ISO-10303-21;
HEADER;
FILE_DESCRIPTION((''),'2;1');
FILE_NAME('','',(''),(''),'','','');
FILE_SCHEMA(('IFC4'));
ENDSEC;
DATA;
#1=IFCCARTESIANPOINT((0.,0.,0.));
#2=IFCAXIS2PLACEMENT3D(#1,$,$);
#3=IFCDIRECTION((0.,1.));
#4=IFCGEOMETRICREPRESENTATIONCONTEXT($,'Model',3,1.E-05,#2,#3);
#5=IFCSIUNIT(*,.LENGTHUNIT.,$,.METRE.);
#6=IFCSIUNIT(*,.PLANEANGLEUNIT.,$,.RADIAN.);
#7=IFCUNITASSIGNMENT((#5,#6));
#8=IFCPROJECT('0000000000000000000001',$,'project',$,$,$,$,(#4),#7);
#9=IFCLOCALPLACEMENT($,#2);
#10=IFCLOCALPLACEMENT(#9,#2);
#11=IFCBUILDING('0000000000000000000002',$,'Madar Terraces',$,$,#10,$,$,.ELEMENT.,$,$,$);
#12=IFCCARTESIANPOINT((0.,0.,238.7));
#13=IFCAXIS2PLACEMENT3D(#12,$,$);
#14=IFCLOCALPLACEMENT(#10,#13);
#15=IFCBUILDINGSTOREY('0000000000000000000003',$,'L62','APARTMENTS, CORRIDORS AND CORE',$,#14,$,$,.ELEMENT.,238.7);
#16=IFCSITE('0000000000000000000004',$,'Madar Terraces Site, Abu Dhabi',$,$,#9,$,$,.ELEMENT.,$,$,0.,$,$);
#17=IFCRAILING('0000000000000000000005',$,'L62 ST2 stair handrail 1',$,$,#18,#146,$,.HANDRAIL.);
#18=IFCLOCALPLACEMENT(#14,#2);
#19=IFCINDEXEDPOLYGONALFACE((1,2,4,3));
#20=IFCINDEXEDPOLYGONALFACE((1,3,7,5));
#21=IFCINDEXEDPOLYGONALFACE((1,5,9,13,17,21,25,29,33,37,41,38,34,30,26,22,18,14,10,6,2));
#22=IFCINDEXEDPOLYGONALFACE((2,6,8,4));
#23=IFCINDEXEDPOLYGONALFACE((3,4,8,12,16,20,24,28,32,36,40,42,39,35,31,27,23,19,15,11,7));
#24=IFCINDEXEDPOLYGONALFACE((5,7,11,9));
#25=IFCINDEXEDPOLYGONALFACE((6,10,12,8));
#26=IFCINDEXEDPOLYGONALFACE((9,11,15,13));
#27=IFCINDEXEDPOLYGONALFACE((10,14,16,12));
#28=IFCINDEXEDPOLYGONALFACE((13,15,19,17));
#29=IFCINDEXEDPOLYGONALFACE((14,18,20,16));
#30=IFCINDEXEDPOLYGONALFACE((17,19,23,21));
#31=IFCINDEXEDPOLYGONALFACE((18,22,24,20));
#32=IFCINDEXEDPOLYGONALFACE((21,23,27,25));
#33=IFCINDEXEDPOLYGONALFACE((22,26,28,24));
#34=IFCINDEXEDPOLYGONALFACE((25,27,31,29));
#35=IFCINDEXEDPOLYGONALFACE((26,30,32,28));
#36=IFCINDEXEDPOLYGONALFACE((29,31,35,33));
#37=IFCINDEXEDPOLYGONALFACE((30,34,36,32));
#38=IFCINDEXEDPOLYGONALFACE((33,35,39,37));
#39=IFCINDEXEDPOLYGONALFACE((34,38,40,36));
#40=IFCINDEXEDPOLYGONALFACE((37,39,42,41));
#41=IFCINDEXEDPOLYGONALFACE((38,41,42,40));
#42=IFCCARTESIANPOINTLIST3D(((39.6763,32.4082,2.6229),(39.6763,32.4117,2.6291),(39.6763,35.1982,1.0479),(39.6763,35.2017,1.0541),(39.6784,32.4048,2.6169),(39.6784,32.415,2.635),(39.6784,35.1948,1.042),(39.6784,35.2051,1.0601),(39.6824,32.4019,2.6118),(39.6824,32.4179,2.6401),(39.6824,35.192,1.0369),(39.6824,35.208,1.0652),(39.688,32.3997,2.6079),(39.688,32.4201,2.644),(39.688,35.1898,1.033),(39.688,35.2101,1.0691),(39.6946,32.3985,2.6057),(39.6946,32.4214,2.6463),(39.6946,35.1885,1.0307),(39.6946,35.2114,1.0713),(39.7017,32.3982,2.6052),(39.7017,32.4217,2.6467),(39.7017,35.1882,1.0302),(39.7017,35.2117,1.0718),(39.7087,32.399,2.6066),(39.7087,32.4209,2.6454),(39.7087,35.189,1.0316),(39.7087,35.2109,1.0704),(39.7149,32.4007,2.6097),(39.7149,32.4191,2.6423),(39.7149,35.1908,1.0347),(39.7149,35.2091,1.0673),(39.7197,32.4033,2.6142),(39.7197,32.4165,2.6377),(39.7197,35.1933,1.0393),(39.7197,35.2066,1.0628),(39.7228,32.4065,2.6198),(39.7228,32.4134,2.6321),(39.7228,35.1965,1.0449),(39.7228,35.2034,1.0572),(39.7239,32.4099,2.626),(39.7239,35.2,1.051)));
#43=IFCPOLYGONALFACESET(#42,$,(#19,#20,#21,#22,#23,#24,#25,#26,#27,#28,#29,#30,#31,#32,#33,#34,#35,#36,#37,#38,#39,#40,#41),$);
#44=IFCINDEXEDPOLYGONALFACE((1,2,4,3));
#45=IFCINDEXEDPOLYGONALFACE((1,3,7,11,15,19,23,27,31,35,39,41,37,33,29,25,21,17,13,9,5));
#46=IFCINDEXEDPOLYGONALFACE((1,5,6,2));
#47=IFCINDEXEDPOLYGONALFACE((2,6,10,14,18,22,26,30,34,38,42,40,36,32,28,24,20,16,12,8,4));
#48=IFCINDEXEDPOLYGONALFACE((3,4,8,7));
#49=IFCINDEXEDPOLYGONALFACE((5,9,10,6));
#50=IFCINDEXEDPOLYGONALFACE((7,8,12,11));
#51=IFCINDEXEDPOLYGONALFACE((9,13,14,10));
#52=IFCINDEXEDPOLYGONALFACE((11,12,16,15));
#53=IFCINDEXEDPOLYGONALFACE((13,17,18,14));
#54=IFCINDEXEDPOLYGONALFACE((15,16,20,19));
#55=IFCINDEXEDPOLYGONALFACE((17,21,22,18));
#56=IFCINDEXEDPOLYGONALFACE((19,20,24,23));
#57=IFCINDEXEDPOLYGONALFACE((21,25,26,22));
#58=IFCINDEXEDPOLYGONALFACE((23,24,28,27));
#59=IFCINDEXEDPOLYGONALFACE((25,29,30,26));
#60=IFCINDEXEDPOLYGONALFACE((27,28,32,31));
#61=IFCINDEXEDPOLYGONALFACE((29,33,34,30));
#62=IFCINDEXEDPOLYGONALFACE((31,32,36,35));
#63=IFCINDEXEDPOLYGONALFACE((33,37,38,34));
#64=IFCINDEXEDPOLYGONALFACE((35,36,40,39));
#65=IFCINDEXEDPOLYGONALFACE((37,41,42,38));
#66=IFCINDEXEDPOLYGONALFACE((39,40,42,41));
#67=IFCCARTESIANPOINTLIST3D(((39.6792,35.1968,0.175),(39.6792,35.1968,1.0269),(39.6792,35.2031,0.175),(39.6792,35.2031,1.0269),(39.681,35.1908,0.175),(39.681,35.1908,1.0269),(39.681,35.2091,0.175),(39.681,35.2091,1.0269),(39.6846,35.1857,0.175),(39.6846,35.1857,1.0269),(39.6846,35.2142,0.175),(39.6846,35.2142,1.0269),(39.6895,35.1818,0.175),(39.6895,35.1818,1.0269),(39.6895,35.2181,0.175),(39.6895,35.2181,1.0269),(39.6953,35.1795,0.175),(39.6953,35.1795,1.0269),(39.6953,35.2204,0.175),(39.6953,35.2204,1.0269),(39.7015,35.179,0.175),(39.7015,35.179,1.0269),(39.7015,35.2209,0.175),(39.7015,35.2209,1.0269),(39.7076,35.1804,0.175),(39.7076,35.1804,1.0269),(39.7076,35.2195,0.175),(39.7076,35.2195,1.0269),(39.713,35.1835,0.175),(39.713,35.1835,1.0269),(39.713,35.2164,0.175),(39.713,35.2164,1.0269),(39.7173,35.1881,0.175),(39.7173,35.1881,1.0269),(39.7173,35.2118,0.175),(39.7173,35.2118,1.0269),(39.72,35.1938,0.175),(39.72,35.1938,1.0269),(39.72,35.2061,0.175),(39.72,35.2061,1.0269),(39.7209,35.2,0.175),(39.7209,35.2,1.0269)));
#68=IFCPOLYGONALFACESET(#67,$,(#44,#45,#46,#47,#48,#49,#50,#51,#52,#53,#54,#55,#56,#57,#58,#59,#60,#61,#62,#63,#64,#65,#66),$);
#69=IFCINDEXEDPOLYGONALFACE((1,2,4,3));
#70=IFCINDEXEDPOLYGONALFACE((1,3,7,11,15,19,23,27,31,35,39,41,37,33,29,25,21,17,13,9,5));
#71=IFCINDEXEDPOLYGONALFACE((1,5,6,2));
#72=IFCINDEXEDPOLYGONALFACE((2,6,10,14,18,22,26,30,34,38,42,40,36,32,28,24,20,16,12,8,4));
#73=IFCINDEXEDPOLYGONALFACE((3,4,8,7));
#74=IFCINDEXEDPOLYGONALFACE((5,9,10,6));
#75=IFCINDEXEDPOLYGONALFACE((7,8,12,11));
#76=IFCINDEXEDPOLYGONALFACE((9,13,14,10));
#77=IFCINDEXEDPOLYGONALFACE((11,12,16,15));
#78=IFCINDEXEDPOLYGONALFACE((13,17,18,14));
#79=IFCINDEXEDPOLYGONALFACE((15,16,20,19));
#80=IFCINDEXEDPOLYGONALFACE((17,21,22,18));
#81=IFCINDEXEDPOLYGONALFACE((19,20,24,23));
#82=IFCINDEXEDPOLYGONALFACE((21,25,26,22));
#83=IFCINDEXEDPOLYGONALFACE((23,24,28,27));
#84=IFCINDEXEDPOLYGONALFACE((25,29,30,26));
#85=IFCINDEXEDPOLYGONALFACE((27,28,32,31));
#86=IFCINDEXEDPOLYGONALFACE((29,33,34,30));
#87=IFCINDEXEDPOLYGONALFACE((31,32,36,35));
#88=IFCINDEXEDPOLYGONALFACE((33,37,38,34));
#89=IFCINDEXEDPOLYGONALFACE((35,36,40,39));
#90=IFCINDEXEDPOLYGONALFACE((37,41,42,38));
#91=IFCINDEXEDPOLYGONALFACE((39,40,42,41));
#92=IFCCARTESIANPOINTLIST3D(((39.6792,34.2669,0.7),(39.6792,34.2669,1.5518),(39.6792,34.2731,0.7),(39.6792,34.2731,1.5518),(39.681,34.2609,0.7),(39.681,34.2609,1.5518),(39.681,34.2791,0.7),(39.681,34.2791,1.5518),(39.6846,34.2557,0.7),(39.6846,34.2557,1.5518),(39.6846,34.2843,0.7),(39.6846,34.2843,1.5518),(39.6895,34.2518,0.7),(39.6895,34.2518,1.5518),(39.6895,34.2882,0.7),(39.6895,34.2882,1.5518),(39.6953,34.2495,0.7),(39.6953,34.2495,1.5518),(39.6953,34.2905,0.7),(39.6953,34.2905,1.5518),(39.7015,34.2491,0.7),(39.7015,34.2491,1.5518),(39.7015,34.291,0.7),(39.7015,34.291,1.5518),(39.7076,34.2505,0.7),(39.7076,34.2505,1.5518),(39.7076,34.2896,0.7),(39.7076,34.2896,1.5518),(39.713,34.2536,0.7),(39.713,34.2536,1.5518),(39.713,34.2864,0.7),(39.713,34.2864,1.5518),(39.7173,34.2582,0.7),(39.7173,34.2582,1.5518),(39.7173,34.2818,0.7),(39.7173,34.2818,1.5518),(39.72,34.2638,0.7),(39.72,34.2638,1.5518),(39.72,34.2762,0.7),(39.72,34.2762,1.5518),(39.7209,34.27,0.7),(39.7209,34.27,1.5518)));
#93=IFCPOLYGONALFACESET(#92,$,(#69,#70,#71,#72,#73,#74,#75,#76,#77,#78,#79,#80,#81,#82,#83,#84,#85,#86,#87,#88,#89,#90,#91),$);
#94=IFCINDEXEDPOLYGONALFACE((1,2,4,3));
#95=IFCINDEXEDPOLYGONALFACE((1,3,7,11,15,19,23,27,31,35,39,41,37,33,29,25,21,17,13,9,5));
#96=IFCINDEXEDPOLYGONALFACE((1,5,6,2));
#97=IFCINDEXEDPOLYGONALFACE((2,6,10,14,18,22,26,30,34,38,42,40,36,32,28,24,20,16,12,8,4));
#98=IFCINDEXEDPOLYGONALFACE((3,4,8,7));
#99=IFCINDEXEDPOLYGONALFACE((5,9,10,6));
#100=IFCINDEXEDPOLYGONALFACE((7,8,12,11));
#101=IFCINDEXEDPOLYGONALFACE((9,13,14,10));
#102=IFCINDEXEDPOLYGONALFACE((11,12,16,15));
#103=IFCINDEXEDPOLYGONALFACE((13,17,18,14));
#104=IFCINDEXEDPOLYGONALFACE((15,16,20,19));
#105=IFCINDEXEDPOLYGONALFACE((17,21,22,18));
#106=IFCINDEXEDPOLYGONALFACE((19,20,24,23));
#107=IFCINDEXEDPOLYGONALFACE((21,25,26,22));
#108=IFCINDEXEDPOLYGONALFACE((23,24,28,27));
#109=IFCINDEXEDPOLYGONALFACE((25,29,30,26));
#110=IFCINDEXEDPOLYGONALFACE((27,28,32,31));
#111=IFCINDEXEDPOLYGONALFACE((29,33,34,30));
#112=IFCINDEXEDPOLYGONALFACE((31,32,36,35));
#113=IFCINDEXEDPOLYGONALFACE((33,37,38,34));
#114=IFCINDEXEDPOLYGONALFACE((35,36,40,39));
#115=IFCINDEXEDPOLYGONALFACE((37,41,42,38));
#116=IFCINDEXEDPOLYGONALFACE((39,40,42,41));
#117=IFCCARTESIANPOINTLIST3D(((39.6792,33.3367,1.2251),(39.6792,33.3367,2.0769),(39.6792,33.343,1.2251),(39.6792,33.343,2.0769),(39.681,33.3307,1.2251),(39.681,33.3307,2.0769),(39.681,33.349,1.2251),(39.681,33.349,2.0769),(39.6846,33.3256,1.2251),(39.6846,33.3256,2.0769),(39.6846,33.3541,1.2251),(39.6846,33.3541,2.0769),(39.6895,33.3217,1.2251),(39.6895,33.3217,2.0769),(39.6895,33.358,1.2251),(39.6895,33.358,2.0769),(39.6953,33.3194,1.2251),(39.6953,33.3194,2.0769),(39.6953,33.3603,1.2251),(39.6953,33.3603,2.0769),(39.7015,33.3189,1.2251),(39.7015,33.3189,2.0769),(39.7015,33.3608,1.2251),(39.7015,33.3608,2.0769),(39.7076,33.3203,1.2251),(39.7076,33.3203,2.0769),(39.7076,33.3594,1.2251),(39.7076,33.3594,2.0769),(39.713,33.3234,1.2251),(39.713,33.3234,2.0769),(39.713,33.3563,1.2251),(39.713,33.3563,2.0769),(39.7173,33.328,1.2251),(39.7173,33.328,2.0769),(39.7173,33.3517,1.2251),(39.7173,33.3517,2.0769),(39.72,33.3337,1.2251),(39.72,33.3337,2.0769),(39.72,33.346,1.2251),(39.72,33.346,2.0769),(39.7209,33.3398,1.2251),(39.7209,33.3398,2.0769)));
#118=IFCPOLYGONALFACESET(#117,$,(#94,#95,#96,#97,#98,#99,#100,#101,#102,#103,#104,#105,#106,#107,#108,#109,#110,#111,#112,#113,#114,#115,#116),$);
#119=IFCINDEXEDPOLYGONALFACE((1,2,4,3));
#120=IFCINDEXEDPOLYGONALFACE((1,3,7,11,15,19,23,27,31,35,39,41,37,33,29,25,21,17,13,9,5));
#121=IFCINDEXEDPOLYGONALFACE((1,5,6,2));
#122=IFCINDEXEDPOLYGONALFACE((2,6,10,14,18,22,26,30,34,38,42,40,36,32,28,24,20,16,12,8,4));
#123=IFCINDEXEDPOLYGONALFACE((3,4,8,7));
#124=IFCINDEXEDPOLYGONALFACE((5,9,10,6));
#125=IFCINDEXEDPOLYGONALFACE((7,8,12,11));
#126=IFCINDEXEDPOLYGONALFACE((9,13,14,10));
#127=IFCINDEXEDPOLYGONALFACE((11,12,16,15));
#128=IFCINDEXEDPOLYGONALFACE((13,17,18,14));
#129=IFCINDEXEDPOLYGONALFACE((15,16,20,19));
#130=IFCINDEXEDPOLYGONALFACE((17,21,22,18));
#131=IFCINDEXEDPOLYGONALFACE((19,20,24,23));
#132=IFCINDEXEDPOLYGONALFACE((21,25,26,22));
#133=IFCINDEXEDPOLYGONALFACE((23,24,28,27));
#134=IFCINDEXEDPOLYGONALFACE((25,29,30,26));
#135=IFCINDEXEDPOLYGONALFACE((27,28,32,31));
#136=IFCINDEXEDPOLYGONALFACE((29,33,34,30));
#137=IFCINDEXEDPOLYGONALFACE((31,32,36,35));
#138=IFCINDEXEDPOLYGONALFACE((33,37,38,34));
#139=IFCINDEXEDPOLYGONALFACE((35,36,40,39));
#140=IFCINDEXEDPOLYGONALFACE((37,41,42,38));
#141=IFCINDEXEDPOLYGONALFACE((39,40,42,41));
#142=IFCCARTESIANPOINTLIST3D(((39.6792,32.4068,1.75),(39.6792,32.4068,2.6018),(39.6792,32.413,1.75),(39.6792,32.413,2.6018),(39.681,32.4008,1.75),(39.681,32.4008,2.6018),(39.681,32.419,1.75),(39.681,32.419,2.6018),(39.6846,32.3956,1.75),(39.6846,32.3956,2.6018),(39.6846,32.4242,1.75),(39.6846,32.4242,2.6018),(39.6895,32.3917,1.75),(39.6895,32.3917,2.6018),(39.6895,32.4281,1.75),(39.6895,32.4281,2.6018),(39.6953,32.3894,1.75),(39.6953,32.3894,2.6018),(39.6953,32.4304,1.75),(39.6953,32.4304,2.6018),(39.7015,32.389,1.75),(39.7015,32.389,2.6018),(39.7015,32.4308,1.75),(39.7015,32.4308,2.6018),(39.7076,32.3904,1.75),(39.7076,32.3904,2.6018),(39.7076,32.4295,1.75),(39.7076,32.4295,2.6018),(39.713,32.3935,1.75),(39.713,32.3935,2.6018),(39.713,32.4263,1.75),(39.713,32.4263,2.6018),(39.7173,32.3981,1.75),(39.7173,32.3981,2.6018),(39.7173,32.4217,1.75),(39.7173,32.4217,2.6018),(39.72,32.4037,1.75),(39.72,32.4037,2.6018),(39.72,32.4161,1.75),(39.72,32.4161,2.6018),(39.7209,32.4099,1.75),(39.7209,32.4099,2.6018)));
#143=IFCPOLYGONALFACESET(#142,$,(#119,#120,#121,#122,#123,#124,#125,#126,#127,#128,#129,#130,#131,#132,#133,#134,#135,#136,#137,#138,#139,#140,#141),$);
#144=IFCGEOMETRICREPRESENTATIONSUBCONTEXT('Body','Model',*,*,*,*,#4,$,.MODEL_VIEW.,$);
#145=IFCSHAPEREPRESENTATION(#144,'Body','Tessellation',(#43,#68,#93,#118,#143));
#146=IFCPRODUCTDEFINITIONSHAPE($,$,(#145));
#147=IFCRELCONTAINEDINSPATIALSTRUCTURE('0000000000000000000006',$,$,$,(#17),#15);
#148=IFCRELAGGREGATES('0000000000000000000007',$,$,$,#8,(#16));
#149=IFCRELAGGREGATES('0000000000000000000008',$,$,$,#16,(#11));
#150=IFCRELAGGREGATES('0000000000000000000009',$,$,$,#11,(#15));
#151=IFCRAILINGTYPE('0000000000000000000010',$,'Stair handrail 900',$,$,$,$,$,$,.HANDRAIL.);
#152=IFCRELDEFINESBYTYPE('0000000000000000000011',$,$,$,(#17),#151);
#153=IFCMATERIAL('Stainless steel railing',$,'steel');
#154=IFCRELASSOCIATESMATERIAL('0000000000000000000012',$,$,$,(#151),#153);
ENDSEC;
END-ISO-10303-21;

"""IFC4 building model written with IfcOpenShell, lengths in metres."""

from ifc_helpers import new_model, si_unit, direction, frame, origin, origin_2d, place, context, subcontext, project, spatial, circle, extrude, material, type_object, element, save


model = new_model("IFC4")

# Units and contexts
model_context = context("Model", 3, precision=1e-05, world=origin(), true_north=direction((0.0, 1.0)))
body_context = subcontext(model_context, "Body", "Model", "MODEL_VIEW")
ifc_project = project(units=[si_unit("LENGTHUNIT", "METRE"), si_unit("PLANEANGLEUNIT", "RADIAN")], contexts=[model_context])

# Site, building, storey
site_placement = place(None, origin())
site = spatial("IfcSite", under=ifc_project, at=site_placement, Name="Madar Terraces Site, Abu Dhabi", CompositionType="ELEMENT", RefElevation=0.0)
building_placement = place(site_placement, origin())
building = spatial("IfcBuilding", under=site, at=building_placement, Name="Madar Terraces", CompositionType="ELEMENT")
storey_placement = place(building_placement, frame((0.0, 0.0, 238.7)))
storey = spatial("IfcBuildingStorey", under=building, at=storey_placement, Name="L62", Description="APARTMENTS, CORRIDORS AND CORE", CompositionType="ELEMENT", Elevation=238.7)

# Railing
ifc_material_1 = material(Name="Stainless steel railing", Category="steel")
railing_type_1 = type_object("IfcRailingType", Name="Stair handrail 900", PredefinedType="HANDRAIL", material=ifc_material_1)
railing_1_placement = place(storey_placement, frame((39.7, 35.2, 0.175)))
element("IfcRailing", 1, at=railing_1_placement, inside=storey, type_object=railing_type_1, Name="L62 ST2 stair handrail 1", PredefinedType="HANDRAIL", context=body_context, shape_type="SweptSolid", body=[
    extrude(circle(Radius=0.0239, at=origin_2d()), frame((0.0, 0.0, 0.876), z_axis=(0.0, -0.870834, 0.491578), x_axis=(1.0, 0.0, 0.0)), (0.0, 0.0, 1.0), 3.2039),
    extrude(circle(Radius=0.021, at=origin_2d()), origin(), (0.0, 0.0, 1.0), 0.8518),
    extrude(circle(Radius=0.021, at=origin_2d()), frame((0.0, -0.9299, 0.5249)), (0.0, 0.0, 1.0), 0.8518),
    extrude(circle(Radius=0.021, at=origin_2d()), frame((0.0, -1.8601, 1.05)), (0.0, 0.0, 1.0), 0.8518),
    extrude(circle(Radius=0.021, at=origin_2d()), frame((0.0, -2.79, 1.575)), (0.0, 0.0, 1.0), 0.8518),
])

save(model, "model.ifc")
